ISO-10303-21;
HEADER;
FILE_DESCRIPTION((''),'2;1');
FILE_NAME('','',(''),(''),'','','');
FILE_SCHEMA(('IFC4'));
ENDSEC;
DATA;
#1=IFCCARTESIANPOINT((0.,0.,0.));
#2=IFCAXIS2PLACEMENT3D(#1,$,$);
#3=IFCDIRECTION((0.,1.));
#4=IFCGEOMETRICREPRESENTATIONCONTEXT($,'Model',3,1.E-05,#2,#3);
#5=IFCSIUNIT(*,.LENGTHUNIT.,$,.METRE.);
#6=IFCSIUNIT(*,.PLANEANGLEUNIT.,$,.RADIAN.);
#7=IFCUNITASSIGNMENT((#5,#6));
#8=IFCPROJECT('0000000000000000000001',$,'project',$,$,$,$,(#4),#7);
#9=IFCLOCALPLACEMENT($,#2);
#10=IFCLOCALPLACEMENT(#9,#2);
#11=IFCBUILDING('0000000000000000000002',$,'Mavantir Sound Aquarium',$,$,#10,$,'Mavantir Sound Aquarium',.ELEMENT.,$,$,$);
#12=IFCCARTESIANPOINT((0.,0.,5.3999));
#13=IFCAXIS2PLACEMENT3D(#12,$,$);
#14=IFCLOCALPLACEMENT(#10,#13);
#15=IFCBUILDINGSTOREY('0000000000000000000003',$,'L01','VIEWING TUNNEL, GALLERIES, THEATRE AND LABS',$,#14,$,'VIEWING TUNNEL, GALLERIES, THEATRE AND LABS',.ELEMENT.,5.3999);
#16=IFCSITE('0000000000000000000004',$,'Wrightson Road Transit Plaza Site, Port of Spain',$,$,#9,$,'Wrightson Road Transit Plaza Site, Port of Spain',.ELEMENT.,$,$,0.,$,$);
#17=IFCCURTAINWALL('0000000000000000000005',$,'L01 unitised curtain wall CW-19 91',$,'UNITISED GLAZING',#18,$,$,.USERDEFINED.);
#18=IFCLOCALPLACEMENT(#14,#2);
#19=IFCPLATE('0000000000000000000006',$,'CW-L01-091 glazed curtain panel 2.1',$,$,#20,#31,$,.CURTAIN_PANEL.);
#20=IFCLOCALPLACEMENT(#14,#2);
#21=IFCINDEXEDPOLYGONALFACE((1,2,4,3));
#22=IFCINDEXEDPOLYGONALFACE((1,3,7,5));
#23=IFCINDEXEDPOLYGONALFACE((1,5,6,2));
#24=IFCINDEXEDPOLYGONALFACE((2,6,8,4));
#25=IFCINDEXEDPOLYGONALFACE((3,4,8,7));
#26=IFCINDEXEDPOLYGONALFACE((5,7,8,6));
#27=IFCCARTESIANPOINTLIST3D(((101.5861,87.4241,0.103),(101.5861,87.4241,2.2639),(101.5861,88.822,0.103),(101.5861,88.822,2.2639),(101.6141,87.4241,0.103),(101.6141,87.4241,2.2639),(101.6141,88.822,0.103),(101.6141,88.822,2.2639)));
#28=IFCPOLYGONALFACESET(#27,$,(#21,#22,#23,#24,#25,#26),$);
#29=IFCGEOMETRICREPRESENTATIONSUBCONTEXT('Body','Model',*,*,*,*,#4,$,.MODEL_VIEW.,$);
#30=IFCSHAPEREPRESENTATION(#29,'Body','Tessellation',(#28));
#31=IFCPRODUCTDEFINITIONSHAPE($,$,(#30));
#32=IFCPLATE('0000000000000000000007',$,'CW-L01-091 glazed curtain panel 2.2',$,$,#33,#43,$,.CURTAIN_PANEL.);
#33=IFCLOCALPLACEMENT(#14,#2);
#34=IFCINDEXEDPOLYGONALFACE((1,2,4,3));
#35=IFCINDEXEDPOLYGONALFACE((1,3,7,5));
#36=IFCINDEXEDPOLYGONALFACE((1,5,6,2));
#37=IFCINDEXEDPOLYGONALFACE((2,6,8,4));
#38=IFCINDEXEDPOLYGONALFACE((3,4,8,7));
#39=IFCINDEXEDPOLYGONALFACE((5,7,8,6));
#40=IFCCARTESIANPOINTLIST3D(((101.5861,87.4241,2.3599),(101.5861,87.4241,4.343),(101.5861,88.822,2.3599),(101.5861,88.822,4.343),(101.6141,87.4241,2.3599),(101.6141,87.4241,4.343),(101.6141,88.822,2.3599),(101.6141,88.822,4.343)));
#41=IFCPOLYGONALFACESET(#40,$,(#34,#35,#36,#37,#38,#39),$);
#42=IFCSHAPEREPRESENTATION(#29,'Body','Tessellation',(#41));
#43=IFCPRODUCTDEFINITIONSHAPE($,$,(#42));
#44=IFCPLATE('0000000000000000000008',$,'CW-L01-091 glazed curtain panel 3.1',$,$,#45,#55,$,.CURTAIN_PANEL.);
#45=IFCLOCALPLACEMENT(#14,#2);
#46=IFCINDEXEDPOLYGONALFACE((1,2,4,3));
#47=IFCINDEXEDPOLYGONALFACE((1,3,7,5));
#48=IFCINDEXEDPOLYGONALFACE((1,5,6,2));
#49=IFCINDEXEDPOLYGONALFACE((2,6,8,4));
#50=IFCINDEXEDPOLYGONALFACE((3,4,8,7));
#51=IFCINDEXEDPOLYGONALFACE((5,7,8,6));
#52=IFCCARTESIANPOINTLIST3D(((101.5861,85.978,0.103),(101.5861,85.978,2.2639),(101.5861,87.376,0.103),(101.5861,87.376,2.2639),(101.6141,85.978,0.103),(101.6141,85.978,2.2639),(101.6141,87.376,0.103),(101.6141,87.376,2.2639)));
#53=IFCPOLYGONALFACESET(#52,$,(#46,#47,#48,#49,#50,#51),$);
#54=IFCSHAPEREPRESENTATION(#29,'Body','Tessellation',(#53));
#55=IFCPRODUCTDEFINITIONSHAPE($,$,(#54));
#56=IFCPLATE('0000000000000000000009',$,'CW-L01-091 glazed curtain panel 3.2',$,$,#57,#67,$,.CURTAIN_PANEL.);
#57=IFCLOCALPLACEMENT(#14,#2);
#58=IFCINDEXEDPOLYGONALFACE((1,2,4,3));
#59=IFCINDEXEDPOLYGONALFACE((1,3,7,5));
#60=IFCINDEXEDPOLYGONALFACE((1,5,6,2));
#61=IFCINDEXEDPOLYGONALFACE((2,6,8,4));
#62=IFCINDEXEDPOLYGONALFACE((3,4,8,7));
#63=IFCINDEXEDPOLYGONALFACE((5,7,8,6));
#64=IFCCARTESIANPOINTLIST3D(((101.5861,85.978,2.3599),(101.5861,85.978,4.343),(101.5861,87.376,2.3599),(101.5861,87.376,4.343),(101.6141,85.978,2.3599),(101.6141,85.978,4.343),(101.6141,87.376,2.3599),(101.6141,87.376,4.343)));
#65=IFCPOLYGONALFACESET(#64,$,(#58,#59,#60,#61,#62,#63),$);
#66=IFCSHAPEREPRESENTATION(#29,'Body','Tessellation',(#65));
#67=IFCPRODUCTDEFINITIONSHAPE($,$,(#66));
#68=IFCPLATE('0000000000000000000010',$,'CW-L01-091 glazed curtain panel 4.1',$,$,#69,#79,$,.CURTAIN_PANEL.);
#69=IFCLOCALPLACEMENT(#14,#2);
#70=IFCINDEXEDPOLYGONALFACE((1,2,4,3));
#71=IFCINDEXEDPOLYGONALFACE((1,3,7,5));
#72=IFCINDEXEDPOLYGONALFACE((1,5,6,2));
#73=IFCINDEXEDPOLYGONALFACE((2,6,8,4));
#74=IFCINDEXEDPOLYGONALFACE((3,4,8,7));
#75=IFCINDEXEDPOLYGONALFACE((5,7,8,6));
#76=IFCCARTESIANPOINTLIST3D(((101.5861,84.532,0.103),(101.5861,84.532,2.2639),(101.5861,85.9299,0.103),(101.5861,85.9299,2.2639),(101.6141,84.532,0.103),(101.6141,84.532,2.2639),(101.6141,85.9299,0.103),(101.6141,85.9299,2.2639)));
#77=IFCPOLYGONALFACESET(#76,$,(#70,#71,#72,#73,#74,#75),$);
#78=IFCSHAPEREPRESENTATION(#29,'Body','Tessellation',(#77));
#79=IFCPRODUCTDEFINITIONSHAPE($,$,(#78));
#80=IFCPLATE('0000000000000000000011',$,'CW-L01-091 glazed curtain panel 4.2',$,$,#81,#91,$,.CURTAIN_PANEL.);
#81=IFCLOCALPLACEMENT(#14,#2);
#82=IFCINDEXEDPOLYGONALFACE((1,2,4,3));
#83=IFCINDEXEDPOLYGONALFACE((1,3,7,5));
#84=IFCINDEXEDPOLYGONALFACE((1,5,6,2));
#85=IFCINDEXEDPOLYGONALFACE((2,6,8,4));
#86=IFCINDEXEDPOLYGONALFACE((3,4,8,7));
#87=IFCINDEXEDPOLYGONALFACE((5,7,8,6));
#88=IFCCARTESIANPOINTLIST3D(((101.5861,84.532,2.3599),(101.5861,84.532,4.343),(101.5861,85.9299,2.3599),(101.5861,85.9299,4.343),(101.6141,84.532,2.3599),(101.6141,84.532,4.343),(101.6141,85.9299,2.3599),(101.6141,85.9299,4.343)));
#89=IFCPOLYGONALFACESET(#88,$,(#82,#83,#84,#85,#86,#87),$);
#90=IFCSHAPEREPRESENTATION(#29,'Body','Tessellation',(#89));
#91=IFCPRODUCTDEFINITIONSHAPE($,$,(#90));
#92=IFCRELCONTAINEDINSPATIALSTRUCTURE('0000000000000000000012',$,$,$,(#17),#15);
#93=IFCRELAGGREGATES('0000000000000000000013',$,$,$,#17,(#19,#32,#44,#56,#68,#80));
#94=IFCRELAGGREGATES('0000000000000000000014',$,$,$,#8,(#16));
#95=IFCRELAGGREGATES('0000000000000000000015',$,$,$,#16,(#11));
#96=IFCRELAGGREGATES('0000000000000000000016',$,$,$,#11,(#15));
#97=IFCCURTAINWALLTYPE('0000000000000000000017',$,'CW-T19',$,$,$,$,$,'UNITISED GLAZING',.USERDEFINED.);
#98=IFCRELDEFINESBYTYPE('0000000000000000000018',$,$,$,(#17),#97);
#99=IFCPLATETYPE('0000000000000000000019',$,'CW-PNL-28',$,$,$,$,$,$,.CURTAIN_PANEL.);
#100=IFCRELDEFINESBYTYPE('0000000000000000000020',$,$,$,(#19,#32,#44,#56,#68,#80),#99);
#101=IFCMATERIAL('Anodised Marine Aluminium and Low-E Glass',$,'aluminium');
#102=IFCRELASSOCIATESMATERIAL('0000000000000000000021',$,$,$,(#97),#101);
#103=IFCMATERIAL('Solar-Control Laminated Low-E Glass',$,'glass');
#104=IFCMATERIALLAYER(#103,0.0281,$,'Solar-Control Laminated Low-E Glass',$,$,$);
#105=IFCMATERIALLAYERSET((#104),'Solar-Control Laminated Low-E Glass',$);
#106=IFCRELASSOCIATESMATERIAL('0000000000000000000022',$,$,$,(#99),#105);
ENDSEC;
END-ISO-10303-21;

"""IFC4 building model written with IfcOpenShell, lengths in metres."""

from ifc_helpers import new_model, si_unit, direction, frame, origin, origin_2d, place, context, subcontext, project, spatial, rectangle, extrude, material, layer, layer_set, type_object, element, aggregate, save


model = new_model("IFC4")

# Units and contexts
model_context = context("Model", 3, precision=1e-05, world=origin(), true_north=direction((0.0, 1.0)))
body_context = subcontext(model_context, "Body", "Model", "MODEL_VIEW")
ifc_project = project(units=[si_unit("LENGTHUNIT", "METRE"), si_unit("PLANEANGLEUNIT", "RADIAN")], contexts=[model_context])

# Site, building, storey
site_placement = place(None, origin())
site = spatial("IfcSite", under=ifc_project, at=site_placement, Name="Wrightson Road Transit Plaza Site, Port of Spain", LongName="Wrightson Road Transit Plaza Site, Port of Spain", CompositionType="ELEMENT", RefElevation=0.0)
building_placement = place(site_placement, origin())
building = spatial("IfcBuilding", under=site, at=building_placement, Name="Mavantir Sound Aquarium", LongName="Mavantir Sound Aquarium", CompositionType="ELEMENT")
storey_placement = place(building_placement, frame((0.0, 0.0, 5.3999)))
storey = spatial("IfcBuildingStorey", under=building, at=storey_placement, Name="L01", Description="VIEWING TUNNEL, GALLERIES, THEATRE AND LABS", LongName="VIEWING TUNNEL, GALLERIES, THEATRE AND LABS", CompositionType="ELEMENT", Elevation=5.3999)

# Curtain wall, plates
ifc_material_1 = material(Name="Anodised Marine Aluminium and Low-E Glass", Category="aluminium")
curtain_wall_type = type_object("IfcCurtainWallType", Name="CW-T19", ElementType="UNITISED GLAZING", PredefinedType="USERDEFINED", material=ifc_material_1)
curtain_wall_placement = place(storey_placement, origin())
curtain_wall = element("IfcCurtainWall", 1, at=curtain_wall_placement, inside=storey, type_object=curtain_wall_type, Name="L01 unitised curtain wall CW-19 91", ObjectType="UNITISED GLAZING", PredefinedType="USERDEFINED")
ifc_material_2 = material(Name="Solar-Control Laminated Low-E Glass", Category="glass")
ifc_layer = layer(ifc_material_2, 0.0281, Name="Solar-Control Laminated Low-E Glass")
ifc_layer_set = layer_set([ifc_layer], Name="Solar-Control Laminated Low-E Glass")
plate_type = type_object("IfcPlateType", Name="CW-PNL-28", PredefinedType="CURTAIN_PANEL", material=ifc_layer_set)
plate_1_placement = place(storey_placement, frame((101.6001, 88.123, 0.103), z_axis=(0.0, 0.0, 1.0), x_axis=(0.0, -1.0, 0.0)))
plate_1 = element("IfcPlate", 2, at=plate_1_placement, type_object=plate_type, Name="CW-L01-091 glazed curtain panel 2.1", PredefinedType="CURTAIN_PANEL", context=body_context, shape_type="SweptSolid", body=[
    extrude(rectangle(XDim=1.3979, YDim=0.0281, at=origin_2d()), origin(), (0.0, 0.0, 1.0), 2.1609),
])
plate_2_placement = place(storey_placement, frame((101.6001, 88.123, 2.3599), z_axis=(0.0, 0.0, 1.0), x_axis=(0.0, -1.0, 0.0)))
plate_2 = element("IfcPlate", 3, at=plate_2_placement, type_object=plate_type, Name="CW-L01-091 glazed curtain panel 2.2", PredefinedType="CURTAIN_PANEL", context=body_context, shape_type="SweptSolid", body=[
    extrude(rectangle(XDim=1.3979, YDim=0.0281, at=origin_2d()), origin(), (0.0, 0.0, 1.0), 1.9832),
])
plate_3_placement = place(storey_placement, frame((101.6001, 86.677, 0.103), z_axis=(0.0, 0.0, 1.0), x_axis=(0.0, -1.0, 0.0)))
plate_3 = element("IfcPlate", 4, at=plate_3_placement, type_object=plate_type, Name="CW-L01-091 glazed curtain panel 3.1", PredefinedType="CURTAIN_PANEL", context=body_context, shape_type="SweptSolid", body=[
    extrude(rectangle(XDim=1.3979, YDim=0.0281, at=origin_2d()), origin(), (0.0, 0.0, 1.0), 2.1609),
])
plate_4_placement = place(storey_placement, frame((101.6001, 86.677, 2.3599), z_axis=(0.0, 0.0, 1.0), x_axis=(0.0, -1.0, 0.0)))
plate_4 = element("IfcPlate", 5, at=plate_4_placement, type_object=plate_type, Name="CW-L01-091 glazed curtain panel 3.2", PredefinedType="CURTAIN_PANEL", context=body_context, shape_type="SweptSolid", body=[
    extrude(rectangle(XDim=1.3979, YDim=0.0281, at=origin_2d()), origin(), (0.0, 0.0, 1.0), 1.9832),
])
plate_5_placement = place(storey_placement, frame((101.6001, 85.231, 0.103), z_axis=(0.0, 0.0, 1.0), x_axis=(0.0, -1.0, 0.0)))
plate_5 = element("IfcPlate", 6, at=plate_5_placement, type_object=plate_type, Name="CW-L01-091 glazed curtain panel 4.1", PredefinedType="CURTAIN_PANEL", context=body_context, shape_type="SweptSolid", body=[
    extrude(rectangle(XDim=1.3979, YDim=0.0281, at=origin_2d()), origin(), (0.0, 0.0, 1.0), 2.1609),
])
plate_6_placement = place(storey_placement, frame((101.6001, 85.231, 2.3599), z_axis=(0.0, 0.0, 1.0), x_axis=(0.0, -1.0, 0.0)))
plate_6 = element("IfcPlate", 7, at=plate_6_placement, type_object=plate_type, Name="CW-L01-091 glazed curtain panel 4.2", PredefinedType="CURTAIN_PANEL", context=body_context, shape_type="SweptSolid", body=[
    extrude(rectangle(XDim=1.3979, YDim=0.0281, at=origin_2d()), origin(), (0.0, 0.0, 1.0), 1.9832),
])
aggregate(curtain_wall, [plate_1, plate_2, plate_3, plate_4, plate_5, plate_6])

save(model, "model.ifc")
